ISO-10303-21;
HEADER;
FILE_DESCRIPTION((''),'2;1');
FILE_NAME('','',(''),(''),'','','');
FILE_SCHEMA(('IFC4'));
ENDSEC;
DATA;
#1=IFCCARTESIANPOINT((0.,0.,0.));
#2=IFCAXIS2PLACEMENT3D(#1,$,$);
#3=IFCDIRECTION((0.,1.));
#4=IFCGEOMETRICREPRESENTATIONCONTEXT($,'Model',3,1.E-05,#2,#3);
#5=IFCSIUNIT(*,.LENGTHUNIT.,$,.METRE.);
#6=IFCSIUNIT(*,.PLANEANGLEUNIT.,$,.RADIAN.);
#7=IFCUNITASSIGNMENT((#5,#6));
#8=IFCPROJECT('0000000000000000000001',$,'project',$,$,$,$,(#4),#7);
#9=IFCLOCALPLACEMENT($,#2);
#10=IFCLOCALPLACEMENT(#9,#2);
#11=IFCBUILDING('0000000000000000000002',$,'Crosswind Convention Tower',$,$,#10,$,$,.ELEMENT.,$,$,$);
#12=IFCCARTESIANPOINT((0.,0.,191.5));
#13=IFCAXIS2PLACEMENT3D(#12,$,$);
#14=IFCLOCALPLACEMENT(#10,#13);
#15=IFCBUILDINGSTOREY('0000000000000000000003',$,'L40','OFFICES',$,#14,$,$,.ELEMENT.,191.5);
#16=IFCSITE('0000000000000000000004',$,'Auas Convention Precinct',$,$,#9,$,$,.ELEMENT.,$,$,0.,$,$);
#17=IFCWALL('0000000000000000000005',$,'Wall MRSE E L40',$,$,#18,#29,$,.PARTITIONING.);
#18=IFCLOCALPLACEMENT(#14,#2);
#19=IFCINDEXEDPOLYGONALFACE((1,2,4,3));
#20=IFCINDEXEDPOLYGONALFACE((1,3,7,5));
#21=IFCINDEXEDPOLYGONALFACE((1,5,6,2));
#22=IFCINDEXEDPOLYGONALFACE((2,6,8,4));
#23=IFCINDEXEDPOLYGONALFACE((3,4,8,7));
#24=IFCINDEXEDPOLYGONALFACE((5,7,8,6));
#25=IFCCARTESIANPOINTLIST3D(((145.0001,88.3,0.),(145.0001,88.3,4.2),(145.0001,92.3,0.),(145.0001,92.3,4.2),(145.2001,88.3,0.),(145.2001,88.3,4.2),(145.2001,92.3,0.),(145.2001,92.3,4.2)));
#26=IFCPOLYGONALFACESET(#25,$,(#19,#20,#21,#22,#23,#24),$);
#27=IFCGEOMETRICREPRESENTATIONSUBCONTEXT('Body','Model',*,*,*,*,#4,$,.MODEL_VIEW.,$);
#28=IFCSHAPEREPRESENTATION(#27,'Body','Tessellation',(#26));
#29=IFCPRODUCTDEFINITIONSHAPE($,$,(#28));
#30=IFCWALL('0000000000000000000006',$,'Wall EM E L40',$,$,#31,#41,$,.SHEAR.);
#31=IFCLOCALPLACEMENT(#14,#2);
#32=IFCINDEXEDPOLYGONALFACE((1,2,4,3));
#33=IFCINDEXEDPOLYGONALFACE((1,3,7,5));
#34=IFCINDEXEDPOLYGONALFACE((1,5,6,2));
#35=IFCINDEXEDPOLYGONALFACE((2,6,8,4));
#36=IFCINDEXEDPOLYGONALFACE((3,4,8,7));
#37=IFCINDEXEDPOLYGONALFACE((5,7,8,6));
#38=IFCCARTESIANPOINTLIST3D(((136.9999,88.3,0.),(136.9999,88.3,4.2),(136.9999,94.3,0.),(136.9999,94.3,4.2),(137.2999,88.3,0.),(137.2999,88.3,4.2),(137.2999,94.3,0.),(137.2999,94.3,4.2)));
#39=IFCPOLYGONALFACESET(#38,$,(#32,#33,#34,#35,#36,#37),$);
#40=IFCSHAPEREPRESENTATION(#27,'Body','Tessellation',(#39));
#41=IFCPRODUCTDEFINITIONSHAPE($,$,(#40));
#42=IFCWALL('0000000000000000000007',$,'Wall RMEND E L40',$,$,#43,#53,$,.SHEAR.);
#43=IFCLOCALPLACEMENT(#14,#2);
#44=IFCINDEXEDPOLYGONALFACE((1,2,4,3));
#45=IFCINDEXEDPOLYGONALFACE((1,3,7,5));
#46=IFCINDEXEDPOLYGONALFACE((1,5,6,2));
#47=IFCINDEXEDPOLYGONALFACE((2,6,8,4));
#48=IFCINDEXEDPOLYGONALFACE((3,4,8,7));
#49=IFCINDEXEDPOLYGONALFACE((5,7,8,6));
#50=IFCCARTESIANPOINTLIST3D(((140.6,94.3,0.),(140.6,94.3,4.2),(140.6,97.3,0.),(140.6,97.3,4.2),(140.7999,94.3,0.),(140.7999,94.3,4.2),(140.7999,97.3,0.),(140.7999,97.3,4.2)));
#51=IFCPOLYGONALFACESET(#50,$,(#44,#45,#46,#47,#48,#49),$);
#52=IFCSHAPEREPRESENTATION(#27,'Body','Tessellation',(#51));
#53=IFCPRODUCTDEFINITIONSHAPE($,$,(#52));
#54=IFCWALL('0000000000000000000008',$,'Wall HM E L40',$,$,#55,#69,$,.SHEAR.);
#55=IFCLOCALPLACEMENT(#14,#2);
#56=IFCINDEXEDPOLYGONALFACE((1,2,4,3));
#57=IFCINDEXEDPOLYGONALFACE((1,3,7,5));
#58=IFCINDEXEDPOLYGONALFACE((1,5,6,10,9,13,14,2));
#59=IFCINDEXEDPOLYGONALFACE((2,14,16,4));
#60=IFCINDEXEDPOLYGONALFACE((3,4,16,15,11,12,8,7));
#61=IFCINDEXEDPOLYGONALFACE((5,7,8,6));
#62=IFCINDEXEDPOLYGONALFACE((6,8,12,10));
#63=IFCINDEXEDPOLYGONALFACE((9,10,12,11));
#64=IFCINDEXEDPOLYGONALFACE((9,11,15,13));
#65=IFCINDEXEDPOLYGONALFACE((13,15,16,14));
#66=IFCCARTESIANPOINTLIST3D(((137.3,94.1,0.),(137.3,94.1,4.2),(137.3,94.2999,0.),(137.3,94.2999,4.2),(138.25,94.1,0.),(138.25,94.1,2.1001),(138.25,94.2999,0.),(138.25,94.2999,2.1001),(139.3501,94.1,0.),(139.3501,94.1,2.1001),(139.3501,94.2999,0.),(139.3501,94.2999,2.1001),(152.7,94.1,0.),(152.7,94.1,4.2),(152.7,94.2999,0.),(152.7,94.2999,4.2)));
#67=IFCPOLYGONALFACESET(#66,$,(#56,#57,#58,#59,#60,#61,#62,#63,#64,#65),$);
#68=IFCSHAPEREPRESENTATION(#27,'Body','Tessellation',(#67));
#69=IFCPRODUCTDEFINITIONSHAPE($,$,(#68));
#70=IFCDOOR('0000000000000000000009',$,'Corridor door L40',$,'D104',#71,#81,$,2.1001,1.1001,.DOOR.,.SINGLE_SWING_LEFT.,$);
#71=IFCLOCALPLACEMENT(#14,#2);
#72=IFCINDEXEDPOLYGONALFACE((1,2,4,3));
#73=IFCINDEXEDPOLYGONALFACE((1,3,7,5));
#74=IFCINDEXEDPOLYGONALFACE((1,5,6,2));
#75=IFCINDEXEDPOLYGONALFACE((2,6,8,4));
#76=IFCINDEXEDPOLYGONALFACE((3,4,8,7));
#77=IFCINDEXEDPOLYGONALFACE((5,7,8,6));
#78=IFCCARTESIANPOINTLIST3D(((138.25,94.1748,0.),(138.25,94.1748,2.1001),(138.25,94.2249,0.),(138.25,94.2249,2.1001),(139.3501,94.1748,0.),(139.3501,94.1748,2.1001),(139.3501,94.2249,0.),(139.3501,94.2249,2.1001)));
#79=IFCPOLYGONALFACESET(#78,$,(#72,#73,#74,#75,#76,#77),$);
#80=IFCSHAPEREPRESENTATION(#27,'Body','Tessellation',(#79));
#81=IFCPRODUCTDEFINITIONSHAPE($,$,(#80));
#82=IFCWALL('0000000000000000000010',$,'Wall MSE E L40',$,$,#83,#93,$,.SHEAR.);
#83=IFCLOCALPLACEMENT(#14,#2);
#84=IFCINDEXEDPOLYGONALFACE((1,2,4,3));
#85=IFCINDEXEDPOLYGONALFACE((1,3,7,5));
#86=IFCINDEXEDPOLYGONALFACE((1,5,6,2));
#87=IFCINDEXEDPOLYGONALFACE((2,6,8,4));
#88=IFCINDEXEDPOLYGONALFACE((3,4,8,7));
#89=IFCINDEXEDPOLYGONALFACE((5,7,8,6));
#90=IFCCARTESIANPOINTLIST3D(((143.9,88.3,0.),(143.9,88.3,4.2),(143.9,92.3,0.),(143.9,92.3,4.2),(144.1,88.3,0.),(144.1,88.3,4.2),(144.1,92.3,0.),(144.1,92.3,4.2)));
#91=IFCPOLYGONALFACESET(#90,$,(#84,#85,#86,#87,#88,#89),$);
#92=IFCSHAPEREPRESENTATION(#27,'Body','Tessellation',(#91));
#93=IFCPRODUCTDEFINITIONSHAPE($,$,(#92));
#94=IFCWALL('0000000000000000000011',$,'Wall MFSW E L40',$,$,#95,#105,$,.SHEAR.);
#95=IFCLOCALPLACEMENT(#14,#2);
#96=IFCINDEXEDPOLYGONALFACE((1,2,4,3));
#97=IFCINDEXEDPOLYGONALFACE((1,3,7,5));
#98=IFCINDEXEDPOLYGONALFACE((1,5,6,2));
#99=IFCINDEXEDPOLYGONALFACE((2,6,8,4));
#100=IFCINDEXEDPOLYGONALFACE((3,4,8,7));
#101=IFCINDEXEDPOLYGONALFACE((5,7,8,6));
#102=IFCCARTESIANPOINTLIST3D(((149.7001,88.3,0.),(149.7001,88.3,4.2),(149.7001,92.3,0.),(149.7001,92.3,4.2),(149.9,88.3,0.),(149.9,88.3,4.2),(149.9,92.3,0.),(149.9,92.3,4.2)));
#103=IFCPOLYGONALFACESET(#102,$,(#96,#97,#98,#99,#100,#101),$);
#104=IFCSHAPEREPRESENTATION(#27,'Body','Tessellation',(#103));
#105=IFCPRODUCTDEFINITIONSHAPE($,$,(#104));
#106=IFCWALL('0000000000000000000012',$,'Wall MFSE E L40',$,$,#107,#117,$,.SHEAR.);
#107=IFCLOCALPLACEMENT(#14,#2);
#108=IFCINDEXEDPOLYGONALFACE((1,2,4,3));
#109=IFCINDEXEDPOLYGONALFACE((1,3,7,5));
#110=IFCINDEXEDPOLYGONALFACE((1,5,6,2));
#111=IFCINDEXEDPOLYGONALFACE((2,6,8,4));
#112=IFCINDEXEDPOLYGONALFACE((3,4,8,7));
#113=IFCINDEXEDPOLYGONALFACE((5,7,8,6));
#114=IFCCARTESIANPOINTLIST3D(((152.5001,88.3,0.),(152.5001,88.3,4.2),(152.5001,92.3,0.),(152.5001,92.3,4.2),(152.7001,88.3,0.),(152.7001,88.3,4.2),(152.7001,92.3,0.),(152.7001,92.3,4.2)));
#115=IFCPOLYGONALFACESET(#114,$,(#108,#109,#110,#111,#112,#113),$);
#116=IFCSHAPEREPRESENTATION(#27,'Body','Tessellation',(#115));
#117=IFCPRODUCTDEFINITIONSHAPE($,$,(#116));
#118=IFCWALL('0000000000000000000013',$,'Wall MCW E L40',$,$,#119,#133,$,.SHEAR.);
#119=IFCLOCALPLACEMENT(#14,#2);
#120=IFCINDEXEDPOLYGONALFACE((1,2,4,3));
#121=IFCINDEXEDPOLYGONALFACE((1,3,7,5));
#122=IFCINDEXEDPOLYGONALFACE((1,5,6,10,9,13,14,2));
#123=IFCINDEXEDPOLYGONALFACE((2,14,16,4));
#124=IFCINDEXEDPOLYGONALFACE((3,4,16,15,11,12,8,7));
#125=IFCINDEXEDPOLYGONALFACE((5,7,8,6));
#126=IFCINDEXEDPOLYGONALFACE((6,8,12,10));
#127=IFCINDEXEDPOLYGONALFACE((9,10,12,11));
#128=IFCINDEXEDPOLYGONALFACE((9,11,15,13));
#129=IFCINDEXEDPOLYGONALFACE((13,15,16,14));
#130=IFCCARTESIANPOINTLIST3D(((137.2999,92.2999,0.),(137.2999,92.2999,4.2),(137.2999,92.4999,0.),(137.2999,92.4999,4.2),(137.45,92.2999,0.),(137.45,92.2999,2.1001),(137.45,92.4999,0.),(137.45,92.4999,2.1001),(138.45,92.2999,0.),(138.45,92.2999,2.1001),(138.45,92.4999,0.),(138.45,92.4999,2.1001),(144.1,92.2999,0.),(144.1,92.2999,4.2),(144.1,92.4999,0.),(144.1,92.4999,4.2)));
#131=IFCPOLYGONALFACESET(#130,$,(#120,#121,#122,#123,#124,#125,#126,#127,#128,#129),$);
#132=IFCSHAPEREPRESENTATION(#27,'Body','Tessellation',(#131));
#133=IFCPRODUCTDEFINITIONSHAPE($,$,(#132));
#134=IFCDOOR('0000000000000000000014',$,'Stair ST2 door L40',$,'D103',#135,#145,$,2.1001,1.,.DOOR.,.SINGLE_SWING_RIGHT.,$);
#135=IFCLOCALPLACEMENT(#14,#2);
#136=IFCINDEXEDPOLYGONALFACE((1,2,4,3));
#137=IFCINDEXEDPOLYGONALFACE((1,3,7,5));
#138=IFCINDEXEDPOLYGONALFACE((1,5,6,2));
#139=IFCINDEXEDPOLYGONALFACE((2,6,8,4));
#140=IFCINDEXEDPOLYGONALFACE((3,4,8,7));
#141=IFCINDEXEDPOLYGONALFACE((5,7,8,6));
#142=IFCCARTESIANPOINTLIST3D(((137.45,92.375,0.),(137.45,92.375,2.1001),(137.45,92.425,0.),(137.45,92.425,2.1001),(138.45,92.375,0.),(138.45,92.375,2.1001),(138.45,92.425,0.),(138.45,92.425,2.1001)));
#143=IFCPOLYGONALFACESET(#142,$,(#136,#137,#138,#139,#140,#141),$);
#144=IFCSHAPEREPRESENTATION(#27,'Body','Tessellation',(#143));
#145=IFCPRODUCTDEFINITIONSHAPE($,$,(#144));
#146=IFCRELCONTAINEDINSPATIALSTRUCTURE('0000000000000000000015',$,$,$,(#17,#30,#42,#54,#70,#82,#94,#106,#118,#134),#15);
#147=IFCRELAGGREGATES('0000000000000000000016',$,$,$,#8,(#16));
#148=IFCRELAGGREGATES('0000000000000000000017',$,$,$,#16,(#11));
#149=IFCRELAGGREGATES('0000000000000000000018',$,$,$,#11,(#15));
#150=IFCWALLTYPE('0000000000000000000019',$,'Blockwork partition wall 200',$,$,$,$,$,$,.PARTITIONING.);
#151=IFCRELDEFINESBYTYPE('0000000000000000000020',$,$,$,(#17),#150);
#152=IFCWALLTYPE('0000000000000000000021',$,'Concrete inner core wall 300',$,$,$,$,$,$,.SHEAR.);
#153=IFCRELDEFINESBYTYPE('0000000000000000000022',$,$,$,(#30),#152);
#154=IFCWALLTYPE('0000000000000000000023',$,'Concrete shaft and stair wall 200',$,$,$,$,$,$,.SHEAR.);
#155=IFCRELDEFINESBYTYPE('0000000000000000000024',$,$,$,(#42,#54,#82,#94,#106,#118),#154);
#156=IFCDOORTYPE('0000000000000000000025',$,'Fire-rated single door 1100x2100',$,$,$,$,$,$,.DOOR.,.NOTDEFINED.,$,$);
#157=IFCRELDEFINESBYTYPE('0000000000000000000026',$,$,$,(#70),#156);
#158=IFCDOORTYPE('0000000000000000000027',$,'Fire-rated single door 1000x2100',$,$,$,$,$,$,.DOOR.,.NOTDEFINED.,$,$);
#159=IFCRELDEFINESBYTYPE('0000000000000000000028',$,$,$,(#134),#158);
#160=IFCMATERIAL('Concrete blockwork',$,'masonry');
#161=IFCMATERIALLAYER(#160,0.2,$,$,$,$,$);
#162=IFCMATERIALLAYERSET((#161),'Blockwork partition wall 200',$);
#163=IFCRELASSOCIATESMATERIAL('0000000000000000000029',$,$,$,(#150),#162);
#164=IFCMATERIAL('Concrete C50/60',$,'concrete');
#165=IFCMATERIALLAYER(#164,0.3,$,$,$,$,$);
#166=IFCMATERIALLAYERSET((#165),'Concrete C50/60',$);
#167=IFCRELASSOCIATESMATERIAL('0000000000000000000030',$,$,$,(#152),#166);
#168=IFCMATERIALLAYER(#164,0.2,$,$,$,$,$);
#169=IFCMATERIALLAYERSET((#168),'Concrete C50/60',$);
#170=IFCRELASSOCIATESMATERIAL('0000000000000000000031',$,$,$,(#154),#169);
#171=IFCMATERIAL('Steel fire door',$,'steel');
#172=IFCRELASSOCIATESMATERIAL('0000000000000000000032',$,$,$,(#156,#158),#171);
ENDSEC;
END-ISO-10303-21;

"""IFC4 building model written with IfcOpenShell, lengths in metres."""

from ifc_helpers import new_model, si_unit, direction, frame, frame_2d, origin, place, context, subcontext, project, spatial, rectangle, extrude, material, layer, layer_set, type_object, element, fill, save


model = new_model("IFC4")

# Units and contexts
model_context = context("Model", 3, precision=1e-05, world=origin(), true_north=direction((0.0, 1.0)))
body_context = subcontext(model_context, "Body", "Model", "MODEL_VIEW")
ifc_project = project(units=[si_unit("LENGTHUNIT", "METRE"), si_unit("PLANEANGLEUNIT", "RADIAN")], contexts=[model_context])

# Site, building, storey
site_placement = place(None, origin())
site = spatial("IfcSite", under=ifc_project, at=site_placement, Name="Auas Convention Precinct", CompositionType="ELEMENT", RefElevation=0.0)
building_placement = place(site_placement, origin())
building = spatial("IfcBuilding", under=site, at=building_placement, Name="Crosswind Convention Tower", CompositionType="ELEMENT")
storey_placement = place(building_placement, frame((0.0, 0.0, 191.5)))
storey = spatial("IfcBuildingStorey", under=building, at=storey_placement, Name="L40", Description="OFFICES", CompositionType="ELEMENT", Elevation=191.5)

# Wall
ifc_material_1 = material(Name="Concrete blockwork", Category="masonry")
ifc_layer_1 = layer(ifc_material_1, 0.2)
ifc_layer_set_1 = layer_set([ifc_layer_1], Name="Blockwork partition wall 200")
wall_type_1 = type_object("IfcWallType", Name="Blockwork partition wall 200", PredefinedType="PARTITIONING", material=ifc_layer_set_1)
wall_1_placement = place(storey_placement, frame((145.1001, 88.3, 0.0), z_axis=(0.0, 0.0, 1.0), x_axis=(0.0, 1.0, 0.0)))
element("IfcWall", 1, at=wall_1_placement, inside=storey, type_object=wall_type_1, Name="Wall MRSE E L40", PredefinedType="PARTITIONING", context=body_context, shape_type="SweptSolid", body=[
    extrude(rectangle(XDim=4.0, YDim=0.2, at=frame_2d((2.0, 0.0))), origin(), (0.0, 0.0, 1.0), 4.2),
])

# Shared definitions
ifc_material_2 = material(Name="Concrete C50/60", Category="concrete")
ifc_layer_2 = layer(ifc_material_2, 0.3)
ifc_layer_set_2 = layer_set([ifc_layer_2], Name="Concrete C50/60")
wall_type_2 = type_object("IfcWallType", Name="Concrete inner core wall 300", PredefinedType="SHEAR", material=ifc_layer_set_2)

# Walls
wall_2_placement = place(storey_placement, frame((137.1499, 88.3, 0.0), z_axis=(0.0, 0.0, 1.0), x_axis=(0.0, 1.0, 0.0)))
element("IfcWall", 2, at=wall_2_placement, inside=storey, type_object=wall_type_2, Name="Wall EM E L40", PredefinedType="SHEAR", context=body_context, shape_type="SweptSolid", body=[
    extrude(rectangle(XDim=6.0, YDim=0.3, at=frame_2d((3.0, 0.0))), origin(), (0.0, 0.0, 1.0), 4.2),
])
ifc_layer_3 = layer(ifc_material_2, 0.2)
ifc_layer_set_3 = layer_set([ifc_layer_3], Name="Concrete C50/60")
wall_type_3 = type_object("IfcWallType", Name="Concrete shaft and stair wall 200", PredefinedType="SHEAR", material=ifc_layer_set_3)
wall_3_placement = place(storey_placement, frame((140.7, 94.3, 0.0), z_axis=(0.0, 0.0, 1.0), x_axis=(0.0, 1.0, 0.0)))
element("IfcWall", 3, at=wall_3_placement, inside=storey, type_object=wall_type_3, Name="Wall RMEND E L40", PredefinedType="SHEAR", context=body_context, shape_type="SweptSolid", body=[
    extrude(rectangle(XDim=3.0, YDim=0.2, at=frame_2d((1.5, 0.0))), origin(), (0.0, 0.0, 1.0), 4.2),
])

# Wall, opening, door
wall_4_placement = place(storey_placement, frame((137.3, 94.2, 0.0), z_axis=(0.0, 0.0, 1.0), x_axis=(1.0, 0.0, 0.0)))
wall_4 = element("IfcWall", 4, at=wall_4_placement, inside=storey, type_object=wall_type_3, Name="Wall HM E L40", PredefinedType="SHEAR", context=body_context, shape_type="SweptSolid", body=[
    extrude(rectangle(XDim=15.3999, YDim=0.2, at=frame_2d((7.7, 0.0))), origin(), (0.0, 0.0, 1.0), 4.2),
])
opening_1_placement = place(wall_4_placement, frame((0.95, 0.0, 0.0)))
opening_1 = element("IfcOpeningElement", 5, at=opening_1_placement, cuts=wall_4, PredefinedType="OPENING", context=body_context, shape_type="SweptSolid", body=[
    extrude(rectangle(XDim=1.1001, YDim=2.1001, at=frame_2d((0.55, 1.05))), frame((0.0, 0.1099, 0.0), z_axis=(0.0, -1.0, 0.0), x_axis=(1.0, 0.0, 0.0)), (0.0, 0.0, 1.0), 0.22),
])
ifc_material_3 = material(Name="Steel fire door", Category="steel")
door_type_1 = type_object("IfcDoorType", Name="Fire-rated single door 1100x2100", OperationType="NOTDEFINED", PredefinedType="DOOR", material=ifc_material_3)
door_1_placement = place(opening_1_placement, origin())
door_1 = element("IfcDoor", 6, at=door_1_placement, inside=storey, type_object=door_type_1, Name="Corridor door L40", ObjectType="D104", OperationType="SINGLE_SWING_LEFT", OverallHeight=2.1001, OverallWidth=1.1001, PredefinedType="DOOR", context=body_context, shape_type="SweptSolid", body=[
    extrude(rectangle(XDim=1.1001, YDim=2.1001, at=frame_2d((0.55, 1.05))), frame((0.0, 0.0249, 0.0), z_axis=(0.0, -1.0, 0.0), x_axis=(1.0, 0.0, 0.0)), (0.0, 0.0, 1.0), 0.05),
])
fill(opening_1, door_1)

# Walls
for number, where, z_axis, x_axis, name in (
    (7, (144.0, 88.3, 0.0), (0.0, 0.0, 1.0), (0.0, 1.0, 0.0), "Wall MSE E L40"),
    (8, (149.8, 88.3, 0.0), (0.0, 0.0, 1.0), (0.0, 1.0, 0.0), "Wall MFSW E L40"),
    (9, (152.6001, 88.3, 0.0), (0.0, 0.0, 1.0), (0.0, 1.0, 0.0), "Wall MFSE E L40"),
):
    element("IfcWall", number, at=place(storey_placement, frame(where, z_axis=z_axis, x_axis=x_axis)), inside=storey, type_object=wall_type_3, Name=name, PredefinedType="SHEAR", context=body_context, shape_type="SweptSolid", body=[
        extrude(rectangle(XDim=4.0, YDim=0.2, at=frame_2d((2.0, 0.0))), origin(), (0.0, 0.0, 1.0), 4.2),
    ])

# Wall, opening, door
wall_5_placement = place(storey_placement, frame((137.3, 92.3999, 0.0), z_axis=(0.0, 0.0, 1.0), x_axis=(1.0, 0.0, 0.0)))
wall_5 = element("IfcWall", 10, at=wall_5_placement, inside=storey, type_object=wall_type_3, Name="Wall MCW E L40", PredefinedType="SHEAR", context=body_context, shape_type="SweptSolid", body=[
    extrude(rectangle(XDim=6.8, YDim=0.2, at=frame_2d((3.3999, 0.0))), origin(), (0.0, 0.0, 1.0), 4.2),
])
opening_2_placement = place(wall_5_placement, frame((0.1499, 0.0, 0.0)))
opening_2 = element("IfcOpeningElement", 11, at=opening_2_placement, cuts=wall_5, PredefinedType="OPENING", context=body_context, shape_type="SweptSolid", body=[
    extrude(rectangle(XDim=1.0, YDim=2.1001, at=frame_2d((0.5, 1.05))), frame((0.0, 0.1099, 0.0), z_axis=(0.0, -1.0, 0.0), x_axis=(1.0, 0.0, 0.0)), (0.0, 0.0, 1.0), 0.22),
])
door_type_2 = type_object("IfcDoorType", Name="Fire-rated single door 1000x2100", OperationType="NOTDEFINED", PredefinedType="DOOR", material=ifc_material_3)
door_2_placement = place(opening_2_placement, frame((1.0, 0.0, 0.0), z_axis=(0.0, 0.0, 1.0), x_axis=(-1.0, 0.0, 0.0)))
door_2 = element("IfcDoor", 12, at=door_2_placement, inside=storey, type_object=door_type_2, Name="Stair ST2 door L40", ObjectType="D103", OperationType="SINGLE_SWING_RIGHT", OverallHeight=2.1001, OverallWidth=1.0, PredefinedType="DOOR", context=body_context, shape_type="SweptSolid", body=[
    extrude(rectangle(XDim=1.0, YDim=2.1001, at=frame_2d((0.5, 1.05))), frame((0.0, 0.0249, 0.0), z_axis=(0.0, -1.0, 0.0), x_axis=(1.0, 0.0, 0.0)), (0.0, 0.0, 1.0), 0.05),
])
fill(opening_2, door_2)

save(model, "model.ifc")
